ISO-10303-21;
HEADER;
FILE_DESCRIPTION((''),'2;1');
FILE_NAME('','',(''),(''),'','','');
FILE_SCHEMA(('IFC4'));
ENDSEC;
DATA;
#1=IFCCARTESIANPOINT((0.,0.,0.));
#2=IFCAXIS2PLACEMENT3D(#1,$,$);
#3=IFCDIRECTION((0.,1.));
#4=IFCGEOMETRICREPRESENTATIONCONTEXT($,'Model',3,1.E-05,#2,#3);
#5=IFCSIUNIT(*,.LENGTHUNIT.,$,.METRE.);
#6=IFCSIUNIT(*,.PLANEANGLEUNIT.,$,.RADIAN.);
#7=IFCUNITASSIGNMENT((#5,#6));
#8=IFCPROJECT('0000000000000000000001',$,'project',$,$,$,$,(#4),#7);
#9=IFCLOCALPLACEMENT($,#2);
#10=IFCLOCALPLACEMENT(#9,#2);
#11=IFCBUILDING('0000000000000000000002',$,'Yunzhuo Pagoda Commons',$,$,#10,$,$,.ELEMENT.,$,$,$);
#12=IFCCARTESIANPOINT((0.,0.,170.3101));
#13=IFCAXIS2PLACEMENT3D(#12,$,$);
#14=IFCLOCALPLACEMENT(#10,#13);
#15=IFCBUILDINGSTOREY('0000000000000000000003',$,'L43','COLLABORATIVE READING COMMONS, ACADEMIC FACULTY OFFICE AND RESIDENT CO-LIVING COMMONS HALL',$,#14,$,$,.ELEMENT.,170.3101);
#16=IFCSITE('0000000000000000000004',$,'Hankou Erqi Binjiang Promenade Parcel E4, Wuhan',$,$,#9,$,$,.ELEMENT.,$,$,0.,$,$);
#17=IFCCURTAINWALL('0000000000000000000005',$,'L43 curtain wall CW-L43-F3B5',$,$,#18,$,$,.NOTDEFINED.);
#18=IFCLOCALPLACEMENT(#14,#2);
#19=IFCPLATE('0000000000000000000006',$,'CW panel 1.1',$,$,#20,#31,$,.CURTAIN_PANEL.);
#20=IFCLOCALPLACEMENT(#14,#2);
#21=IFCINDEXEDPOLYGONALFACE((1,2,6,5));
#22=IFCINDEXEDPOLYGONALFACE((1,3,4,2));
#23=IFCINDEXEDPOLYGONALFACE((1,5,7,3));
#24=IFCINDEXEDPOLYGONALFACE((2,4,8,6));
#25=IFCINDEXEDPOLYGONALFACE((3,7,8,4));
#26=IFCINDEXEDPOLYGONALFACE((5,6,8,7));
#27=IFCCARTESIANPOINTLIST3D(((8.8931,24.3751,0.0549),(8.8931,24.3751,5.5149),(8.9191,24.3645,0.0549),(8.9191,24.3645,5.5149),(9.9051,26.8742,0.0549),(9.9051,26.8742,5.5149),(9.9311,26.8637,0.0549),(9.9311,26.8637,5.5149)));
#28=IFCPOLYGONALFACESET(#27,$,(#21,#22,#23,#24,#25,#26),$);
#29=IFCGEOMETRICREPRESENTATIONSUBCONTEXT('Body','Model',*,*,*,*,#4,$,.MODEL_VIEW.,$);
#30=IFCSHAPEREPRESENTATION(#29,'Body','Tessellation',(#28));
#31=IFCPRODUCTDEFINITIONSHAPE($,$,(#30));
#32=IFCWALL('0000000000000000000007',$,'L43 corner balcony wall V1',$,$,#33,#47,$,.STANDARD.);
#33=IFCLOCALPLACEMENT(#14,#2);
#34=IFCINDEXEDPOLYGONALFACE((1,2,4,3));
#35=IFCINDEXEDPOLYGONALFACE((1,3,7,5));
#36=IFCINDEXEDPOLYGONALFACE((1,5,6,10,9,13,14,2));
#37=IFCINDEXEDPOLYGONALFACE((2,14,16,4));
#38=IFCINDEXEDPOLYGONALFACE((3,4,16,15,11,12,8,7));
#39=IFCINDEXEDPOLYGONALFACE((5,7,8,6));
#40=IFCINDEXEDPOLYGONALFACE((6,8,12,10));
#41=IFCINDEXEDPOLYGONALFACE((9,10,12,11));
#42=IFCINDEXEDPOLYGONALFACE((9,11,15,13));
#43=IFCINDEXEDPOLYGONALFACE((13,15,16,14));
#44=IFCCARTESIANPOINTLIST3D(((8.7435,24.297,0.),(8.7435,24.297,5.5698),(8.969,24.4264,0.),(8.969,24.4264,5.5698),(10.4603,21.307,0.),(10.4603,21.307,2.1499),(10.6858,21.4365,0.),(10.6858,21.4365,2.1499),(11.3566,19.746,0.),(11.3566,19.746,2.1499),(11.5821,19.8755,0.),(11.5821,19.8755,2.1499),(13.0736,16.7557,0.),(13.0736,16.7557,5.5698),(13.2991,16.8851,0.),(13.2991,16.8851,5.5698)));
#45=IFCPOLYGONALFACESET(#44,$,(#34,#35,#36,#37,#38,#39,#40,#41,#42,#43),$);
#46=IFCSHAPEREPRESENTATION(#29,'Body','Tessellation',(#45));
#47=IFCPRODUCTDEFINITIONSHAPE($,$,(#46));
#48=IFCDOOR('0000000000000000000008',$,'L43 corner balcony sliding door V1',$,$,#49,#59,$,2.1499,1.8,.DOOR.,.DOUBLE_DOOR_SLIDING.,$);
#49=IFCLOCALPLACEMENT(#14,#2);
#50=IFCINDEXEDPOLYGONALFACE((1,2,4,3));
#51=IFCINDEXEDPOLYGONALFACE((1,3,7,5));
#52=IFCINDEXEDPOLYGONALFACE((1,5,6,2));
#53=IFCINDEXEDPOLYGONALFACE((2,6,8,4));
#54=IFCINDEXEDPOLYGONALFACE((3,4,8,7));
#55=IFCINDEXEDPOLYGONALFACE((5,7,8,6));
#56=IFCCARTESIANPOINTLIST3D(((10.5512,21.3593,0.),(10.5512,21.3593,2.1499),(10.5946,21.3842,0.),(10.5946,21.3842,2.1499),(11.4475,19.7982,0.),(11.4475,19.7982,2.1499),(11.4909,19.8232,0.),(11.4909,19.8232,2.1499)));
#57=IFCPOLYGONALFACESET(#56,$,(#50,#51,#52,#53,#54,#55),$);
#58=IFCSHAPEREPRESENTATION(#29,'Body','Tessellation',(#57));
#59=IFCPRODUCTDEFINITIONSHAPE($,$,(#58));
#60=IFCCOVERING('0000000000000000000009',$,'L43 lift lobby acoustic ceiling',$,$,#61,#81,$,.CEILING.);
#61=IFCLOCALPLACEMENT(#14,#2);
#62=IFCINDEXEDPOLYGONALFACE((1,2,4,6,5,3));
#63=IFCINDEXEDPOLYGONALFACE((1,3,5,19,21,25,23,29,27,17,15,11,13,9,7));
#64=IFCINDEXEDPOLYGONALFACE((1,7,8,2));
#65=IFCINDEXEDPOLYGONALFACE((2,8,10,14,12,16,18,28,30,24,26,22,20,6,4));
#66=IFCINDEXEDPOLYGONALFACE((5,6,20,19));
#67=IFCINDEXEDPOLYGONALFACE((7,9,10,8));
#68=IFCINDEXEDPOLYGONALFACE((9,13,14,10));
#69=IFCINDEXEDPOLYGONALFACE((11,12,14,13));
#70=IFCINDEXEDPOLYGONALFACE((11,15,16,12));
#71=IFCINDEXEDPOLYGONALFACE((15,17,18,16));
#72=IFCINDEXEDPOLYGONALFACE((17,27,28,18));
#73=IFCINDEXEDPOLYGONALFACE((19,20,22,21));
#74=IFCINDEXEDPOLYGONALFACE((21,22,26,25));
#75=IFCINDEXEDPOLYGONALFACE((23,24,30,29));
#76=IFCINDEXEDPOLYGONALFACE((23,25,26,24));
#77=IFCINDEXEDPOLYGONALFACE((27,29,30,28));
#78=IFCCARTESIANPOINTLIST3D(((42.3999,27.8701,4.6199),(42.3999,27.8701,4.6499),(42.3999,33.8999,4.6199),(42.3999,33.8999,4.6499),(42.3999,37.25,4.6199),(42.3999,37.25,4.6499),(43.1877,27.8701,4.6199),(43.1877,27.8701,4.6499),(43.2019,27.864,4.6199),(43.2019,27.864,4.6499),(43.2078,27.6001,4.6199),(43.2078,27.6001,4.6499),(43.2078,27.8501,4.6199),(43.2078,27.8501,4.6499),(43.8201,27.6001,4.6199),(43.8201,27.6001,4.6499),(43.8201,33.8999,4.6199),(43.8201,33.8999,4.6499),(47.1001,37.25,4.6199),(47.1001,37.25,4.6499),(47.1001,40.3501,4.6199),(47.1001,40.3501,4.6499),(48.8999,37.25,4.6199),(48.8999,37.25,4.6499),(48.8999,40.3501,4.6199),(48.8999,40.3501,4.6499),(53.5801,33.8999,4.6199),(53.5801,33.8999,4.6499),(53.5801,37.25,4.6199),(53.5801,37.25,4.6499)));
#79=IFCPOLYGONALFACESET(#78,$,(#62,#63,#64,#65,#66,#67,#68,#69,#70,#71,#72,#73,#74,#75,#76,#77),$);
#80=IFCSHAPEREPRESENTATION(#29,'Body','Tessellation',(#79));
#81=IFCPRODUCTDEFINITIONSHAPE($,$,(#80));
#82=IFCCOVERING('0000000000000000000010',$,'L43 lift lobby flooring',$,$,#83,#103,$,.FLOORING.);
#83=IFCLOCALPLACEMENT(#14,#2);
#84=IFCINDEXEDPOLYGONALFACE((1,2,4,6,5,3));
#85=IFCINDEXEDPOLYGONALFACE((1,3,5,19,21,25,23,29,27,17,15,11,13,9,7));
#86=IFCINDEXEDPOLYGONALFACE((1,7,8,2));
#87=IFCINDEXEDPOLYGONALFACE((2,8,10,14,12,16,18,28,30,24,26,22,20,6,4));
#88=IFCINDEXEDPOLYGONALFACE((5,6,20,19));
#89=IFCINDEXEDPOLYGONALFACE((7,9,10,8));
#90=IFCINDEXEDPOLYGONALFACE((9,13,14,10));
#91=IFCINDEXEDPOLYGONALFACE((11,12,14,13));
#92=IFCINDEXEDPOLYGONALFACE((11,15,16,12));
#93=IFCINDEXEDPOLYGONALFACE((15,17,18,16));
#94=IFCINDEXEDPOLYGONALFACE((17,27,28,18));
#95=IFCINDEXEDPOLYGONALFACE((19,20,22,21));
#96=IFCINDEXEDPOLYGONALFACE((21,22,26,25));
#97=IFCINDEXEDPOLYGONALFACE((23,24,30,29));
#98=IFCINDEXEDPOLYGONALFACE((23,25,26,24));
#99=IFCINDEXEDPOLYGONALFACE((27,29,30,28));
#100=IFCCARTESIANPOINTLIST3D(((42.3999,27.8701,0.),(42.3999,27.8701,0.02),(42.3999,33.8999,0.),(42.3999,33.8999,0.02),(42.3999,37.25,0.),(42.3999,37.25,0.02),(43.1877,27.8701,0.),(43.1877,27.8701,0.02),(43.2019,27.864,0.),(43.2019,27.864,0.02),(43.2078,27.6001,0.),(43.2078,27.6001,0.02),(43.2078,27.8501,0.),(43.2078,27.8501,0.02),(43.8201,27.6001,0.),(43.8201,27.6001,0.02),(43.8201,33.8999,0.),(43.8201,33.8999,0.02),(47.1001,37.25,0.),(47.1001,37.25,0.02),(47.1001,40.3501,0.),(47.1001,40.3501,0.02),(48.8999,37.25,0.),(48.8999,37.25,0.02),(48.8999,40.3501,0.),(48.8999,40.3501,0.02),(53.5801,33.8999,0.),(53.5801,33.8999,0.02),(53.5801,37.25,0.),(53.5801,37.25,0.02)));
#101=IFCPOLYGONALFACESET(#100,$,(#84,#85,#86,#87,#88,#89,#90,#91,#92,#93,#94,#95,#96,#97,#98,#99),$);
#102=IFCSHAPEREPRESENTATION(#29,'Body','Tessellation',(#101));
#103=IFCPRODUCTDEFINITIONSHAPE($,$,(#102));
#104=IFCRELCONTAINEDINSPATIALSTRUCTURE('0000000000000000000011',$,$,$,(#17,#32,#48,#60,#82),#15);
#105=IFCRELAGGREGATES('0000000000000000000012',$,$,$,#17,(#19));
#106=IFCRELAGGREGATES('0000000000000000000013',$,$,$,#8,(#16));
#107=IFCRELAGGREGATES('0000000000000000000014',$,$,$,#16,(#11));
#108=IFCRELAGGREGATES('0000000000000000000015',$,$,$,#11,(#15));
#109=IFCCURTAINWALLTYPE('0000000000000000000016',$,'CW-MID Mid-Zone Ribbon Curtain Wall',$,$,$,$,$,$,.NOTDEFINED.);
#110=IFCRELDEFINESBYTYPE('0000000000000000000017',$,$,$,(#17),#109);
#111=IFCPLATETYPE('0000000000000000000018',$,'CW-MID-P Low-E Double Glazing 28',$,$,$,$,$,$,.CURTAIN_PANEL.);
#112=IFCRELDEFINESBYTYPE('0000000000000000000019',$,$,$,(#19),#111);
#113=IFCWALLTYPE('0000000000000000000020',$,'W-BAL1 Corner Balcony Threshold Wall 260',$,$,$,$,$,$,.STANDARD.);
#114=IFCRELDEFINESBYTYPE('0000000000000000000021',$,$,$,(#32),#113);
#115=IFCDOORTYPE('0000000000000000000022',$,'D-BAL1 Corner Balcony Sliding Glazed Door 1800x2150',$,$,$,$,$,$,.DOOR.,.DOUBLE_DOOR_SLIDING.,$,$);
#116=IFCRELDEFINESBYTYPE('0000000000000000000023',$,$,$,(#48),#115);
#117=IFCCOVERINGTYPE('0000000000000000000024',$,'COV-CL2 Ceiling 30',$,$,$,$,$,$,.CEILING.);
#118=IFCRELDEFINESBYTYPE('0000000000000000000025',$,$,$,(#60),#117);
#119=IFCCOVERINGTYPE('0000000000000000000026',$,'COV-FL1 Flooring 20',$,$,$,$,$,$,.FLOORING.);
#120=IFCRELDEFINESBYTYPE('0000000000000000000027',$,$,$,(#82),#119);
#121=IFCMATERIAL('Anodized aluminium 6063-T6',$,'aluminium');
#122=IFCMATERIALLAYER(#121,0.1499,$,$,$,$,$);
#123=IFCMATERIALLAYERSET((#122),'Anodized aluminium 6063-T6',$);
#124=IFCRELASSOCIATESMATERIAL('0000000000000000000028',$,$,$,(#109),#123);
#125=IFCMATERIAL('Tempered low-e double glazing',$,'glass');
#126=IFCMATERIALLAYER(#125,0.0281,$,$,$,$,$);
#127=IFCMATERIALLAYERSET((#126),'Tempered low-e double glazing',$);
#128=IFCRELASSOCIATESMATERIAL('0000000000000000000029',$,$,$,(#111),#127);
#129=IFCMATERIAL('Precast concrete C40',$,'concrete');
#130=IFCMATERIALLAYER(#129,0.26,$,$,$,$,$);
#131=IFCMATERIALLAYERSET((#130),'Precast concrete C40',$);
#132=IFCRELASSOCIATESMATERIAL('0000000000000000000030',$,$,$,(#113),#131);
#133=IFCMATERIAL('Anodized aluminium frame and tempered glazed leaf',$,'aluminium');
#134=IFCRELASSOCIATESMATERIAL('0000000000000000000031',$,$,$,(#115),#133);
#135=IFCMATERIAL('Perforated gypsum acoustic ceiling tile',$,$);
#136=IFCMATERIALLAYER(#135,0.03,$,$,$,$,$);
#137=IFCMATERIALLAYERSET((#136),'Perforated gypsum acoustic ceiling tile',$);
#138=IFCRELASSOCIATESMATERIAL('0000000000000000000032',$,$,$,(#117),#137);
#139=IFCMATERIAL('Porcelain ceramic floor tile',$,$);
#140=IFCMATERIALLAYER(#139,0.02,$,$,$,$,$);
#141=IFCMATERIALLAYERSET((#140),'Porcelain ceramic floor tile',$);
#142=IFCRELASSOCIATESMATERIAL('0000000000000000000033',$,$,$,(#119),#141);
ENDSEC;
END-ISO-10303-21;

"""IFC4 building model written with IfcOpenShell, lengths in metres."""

from ifc_helpers import new_model, si_unit, direction, frame, frame_2d, origin, origin_with_axes, origin_2d, place, context, subcontext, project, spatial, polyline, rectangle, outline, extrude, source, transform, mapped, material, layer, layer_set, type_object, element, fill, aggregate, save


model = new_model("IFC4")

# Units and contexts
model_context = context("Model", 3, precision=1e-05, world=origin(), true_north=direction((0.0, 1.0)))
body_context = subcontext(model_context, "Body", "Model", "MODEL_VIEW")
ifc_project = project(units=[si_unit("LENGTHUNIT", "METRE"), si_unit("PLANEANGLEUNIT", "RADIAN")], contexts=[model_context])

# Site, building, storey
site_placement = place(None, origin())
site = spatial("IfcSite", under=ifc_project, at=site_placement, Name="Hankou Erqi Binjiang Promenade Parcel E4, Wuhan", CompositionType="ELEMENT", RefElevation=0.0)
building_placement = place(site_placement, origin())
building = spatial("IfcBuilding", under=site, at=building_placement, Name="Yunzhuo Pagoda Commons", CompositionType="ELEMENT")
storey_placement = place(building_placement, frame((0.0, 0.0, 170.3101)))
storey = spatial("IfcBuildingStorey", under=building, at=storey_placement, Name="L43", Description="COLLABORATIVE READING COMMONS, ACADEMIC FACULTY OFFICE AND RESIDENT CO-LIVING COMMONS HALL", CompositionType="ELEMENT", Elevation=170.3101)

# Curtain wall
ifc_material_1 = material(Name="Anodized aluminium 6063-T6", Category="aluminium")
ifc_layer_1 = layer(ifc_material_1, 0.1499)
ifc_layer_set_1 = layer_set([ifc_layer_1], Name="Anodized aluminium 6063-T6")
curtain_wall_type = type_object("IfcCurtainWallType", Name="CW-MID Mid-Zone Ribbon Curtain Wall", PredefinedType="NOTDEFINED", material=ifc_layer_set_1)
curtain_wall_1_placement = place(storey_placement, origin())
curtain_wall_1 = element("IfcCurtainWall", 1, at=curtain_wall_1_placement, inside=storey, type_object=curtain_wall_type, Name="L43 curtain wall CW-L43-F3B5", PredefinedType="NOTDEFINED")

# Plate
ifc_material_2 = material(Name="Tempered low-e double glazing", Category="glass")
ifc_layer_2 = layer(ifc_material_2, 0.0281)
ifc_layer_set_2 = layer_set([ifc_layer_2], Name="Tempered low-e double glazing")
plate_type_1 = type_object("IfcPlateType", Name="CW-MID-P Low-E Double Glazing 28", PredefinedType="CURTAIN_PANEL", material=ifc_layer_set_2)
shared_shape_1 = source(origin(), body_context, "Body", "SweptSolid", [
    extrude(rectangle(XDim=2.6963, YDim=0.0281, at=origin_2d()), origin(), (0.0, 0.0, 1.0), 5.46),
])
plate_1_placement = place(storey_placement, frame((9.4121, 25.6194, 0.0549), z_axis=(0.0, 0.0, 1.0), x_axis=(-0.375318, -0.926896, 0.0)))
plate_1 = element("IfcPlate", 2, at=plate_1_placement, type_object=plate_type_1, Name="CW panel 1.1", PredefinedType="CURTAIN_PANEL", context=body_context, shape_type="MappedRepresentation", body=[
    mapped(shared_shape_1, transform((0.0, 0.0, 0.0), scale=1.0)),
])
aggregate(curtain_wall_1, [plate_1])

# Wall, opening, door
ifc_material_3 = material(Name="Precast concrete C40", Category="concrete")
ifc_layer_3 = layer(ifc_material_3, 0.26)
ifc_layer_set_3 = layer_set([ifc_layer_3], Name="Precast concrete C40")
wall_type = type_object("IfcWallType", Name="W-BAL1 Corner Balcony Threshold Wall 260", PredefinedType="STANDARD", material=ifc_layer_set_3)
wall_placement = place(storey_placement, frame((8.8562, 24.3618, 0.0), z_axis=(0.0, 0.0, 1.0), x_axis=(0.49794, -0.867212, 0.0)))
wall = element("IfcWall", 3, at=wall_placement, inside=storey, type_object=wall_type, Name="L43 corner balcony wall V1", PredefinedType="STANDARD", context=body_context, shape_type="SweptSolid", body=[
    extrude(rectangle(XDim=8.696, YDim=0.26, at=frame_2d((4.3481, 0.0))), origin(), (0.0, 0.0, 1.0), 5.5698),
])
opening_placement = place(wall_placement, frame((3.448, 0.0, 0.0)))
opening = element("IfcOpeningElement", 4, at=opening_placement, cuts=wall, PredefinedType="OPENING", context=body_context, shape_type="SweptSolid", body=[
    extrude(rectangle(XDim=1.8, YDim=2.1499, at=frame_2d((0.8999, 1.075))), frame((0.0, 0.1401, 0.0), z_axis=(0.0, -1.0, 0.0), x_axis=(1.0, 0.0, 0.0)), (0.0, 0.0, 1.0), 0.28),
])
ifc_material_4 = material(Name="Anodized aluminium frame and tempered glazed leaf", Category="aluminium")
door_type = type_object("IfcDoorType", Name="D-BAL1 Corner Balcony Sliding Glazed Door 1800x2150", OperationType="DOUBLE_DOOR_SLIDING", PredefinedType="DOOR", material=ifc_material_4)
shared_shape_2 = source(origin(), body_context, "Body", "SweptSolid", [
    extrude(rectangle(XDim=1.8, YDim=2.1499, at=frame_2d((0.8999, 1.075))), frame((0.0, 0.0249, 0.0), z_axis=(0.0, -1.0, 0.0), x_axis=(1.0, 0.0, 0.0)), (0.0, 0.0, 1.0), 0.05),
])
door_placement = place(opening_placement, origin_with_axes())
door = element("IfcDoor", 5, at=door_placement, inside=storey, type_object=door_type, Name="L43 corner balcony sliding door V1", OperationType="DOUBLE_DOOR_SLIDING", OverallHeight=2.1499, OverallWidth=1.8, PredefinedType="DOOR", context=body_context, shape_type="MappedRepresentation", body=[
    mapped(shared_shape_2, transform((0.0, 0.0, 0.0), scale=1.0)),
])
fill(opening, door)

# Coverings
ifc_material_5 = material(Name="Perforated gypsum acoustic ceiling tile")
ifc_layer_4 = layer(ifc_material_5, 0.03)
ifc_layer_set_4 = layer_set([ifc_layer_4], Name="Perforated gypsum acoustic ceiling tile")
covering_type_1 = type_object("IfcCoveringType", Name="COV-CL2 Ceiling 30", PredefinedType="CEILING", material=ifc_layer_set_4)
covering_1_placement = place(storey_placement, frame((0.0, 0.0, 4.6199)))
element("IfcCovering", 6, at=covering_1_placement, inside=storey, type_object=covering_type_1, Name="L43 lift lobby acoustic ceiling", PredefinedType="CEILING", context=body_context, shape_type="SweptSolid", body=[
    extrude(outline(polyline([(43.2078, 27.8501), (43.2019, 27.864), (43.1877, 27.8701), (42.3999, 27.8701), (42.3999, 33.8999), (42.3999, 37.25), (47.1001, 37.25), (47.1001, 40.3501), (48.8999, 40.3501), (48.8999, 37.25), (53.5801, 37.25), (53.5801, 33.8999), (43.8201, 33.8999), (43.8201, 27.6001), (43.2078, 27.6001), (43.2078, 27.8501)])), origin(), (0.0, 0.0, 1.0), 0.03),
])
ifc_material_6 = material(Name="Porcelain ceramic floor tile")
ifc_layer_5 = layer(ifc_material_6, 0.02)
ifc_layer_set_5 = layer_set([ifc_layer_5], Name="Porcelain ceramic floor tile")
covering_type_2 = type_object("IfcCoveringType", Name="COV-FL1 Flooring 20", PredefinedType="FLOORING", material=ifc_layer_set_5)
covering_2_placement = place(storey_placement, origin())
element("IfcCovering", 7, at=covering_2_placement, inside=storey, type_object=covering_type_2, Name="L43 lift lobby flooring", PredefinedType="FLOORING", context=body_context, shape_type="SweptSolid", body=[
    extrude(outline(polyline([(43.2078, 27.8501), (43.2019, 27.864), (43.1877, 27.8701), (42.3999, 27.8701), (42.3999, 33.8999), (42.3999, 37.25), (47.1001, 37.25), (47.1001, 40.3501), (48.8999, 40.3501), (48.8999, 37.25), (53.5801, 37.25), (53.5801, 33.8999), (43.8201, 33.8999), (43.8201, 27.6001), (43.2078, 27.6001), (43.2078, 27.8501)])), origin(), (0.0, 0.0, 1.0), 0.02),
])

save(model, "model.ifc")
